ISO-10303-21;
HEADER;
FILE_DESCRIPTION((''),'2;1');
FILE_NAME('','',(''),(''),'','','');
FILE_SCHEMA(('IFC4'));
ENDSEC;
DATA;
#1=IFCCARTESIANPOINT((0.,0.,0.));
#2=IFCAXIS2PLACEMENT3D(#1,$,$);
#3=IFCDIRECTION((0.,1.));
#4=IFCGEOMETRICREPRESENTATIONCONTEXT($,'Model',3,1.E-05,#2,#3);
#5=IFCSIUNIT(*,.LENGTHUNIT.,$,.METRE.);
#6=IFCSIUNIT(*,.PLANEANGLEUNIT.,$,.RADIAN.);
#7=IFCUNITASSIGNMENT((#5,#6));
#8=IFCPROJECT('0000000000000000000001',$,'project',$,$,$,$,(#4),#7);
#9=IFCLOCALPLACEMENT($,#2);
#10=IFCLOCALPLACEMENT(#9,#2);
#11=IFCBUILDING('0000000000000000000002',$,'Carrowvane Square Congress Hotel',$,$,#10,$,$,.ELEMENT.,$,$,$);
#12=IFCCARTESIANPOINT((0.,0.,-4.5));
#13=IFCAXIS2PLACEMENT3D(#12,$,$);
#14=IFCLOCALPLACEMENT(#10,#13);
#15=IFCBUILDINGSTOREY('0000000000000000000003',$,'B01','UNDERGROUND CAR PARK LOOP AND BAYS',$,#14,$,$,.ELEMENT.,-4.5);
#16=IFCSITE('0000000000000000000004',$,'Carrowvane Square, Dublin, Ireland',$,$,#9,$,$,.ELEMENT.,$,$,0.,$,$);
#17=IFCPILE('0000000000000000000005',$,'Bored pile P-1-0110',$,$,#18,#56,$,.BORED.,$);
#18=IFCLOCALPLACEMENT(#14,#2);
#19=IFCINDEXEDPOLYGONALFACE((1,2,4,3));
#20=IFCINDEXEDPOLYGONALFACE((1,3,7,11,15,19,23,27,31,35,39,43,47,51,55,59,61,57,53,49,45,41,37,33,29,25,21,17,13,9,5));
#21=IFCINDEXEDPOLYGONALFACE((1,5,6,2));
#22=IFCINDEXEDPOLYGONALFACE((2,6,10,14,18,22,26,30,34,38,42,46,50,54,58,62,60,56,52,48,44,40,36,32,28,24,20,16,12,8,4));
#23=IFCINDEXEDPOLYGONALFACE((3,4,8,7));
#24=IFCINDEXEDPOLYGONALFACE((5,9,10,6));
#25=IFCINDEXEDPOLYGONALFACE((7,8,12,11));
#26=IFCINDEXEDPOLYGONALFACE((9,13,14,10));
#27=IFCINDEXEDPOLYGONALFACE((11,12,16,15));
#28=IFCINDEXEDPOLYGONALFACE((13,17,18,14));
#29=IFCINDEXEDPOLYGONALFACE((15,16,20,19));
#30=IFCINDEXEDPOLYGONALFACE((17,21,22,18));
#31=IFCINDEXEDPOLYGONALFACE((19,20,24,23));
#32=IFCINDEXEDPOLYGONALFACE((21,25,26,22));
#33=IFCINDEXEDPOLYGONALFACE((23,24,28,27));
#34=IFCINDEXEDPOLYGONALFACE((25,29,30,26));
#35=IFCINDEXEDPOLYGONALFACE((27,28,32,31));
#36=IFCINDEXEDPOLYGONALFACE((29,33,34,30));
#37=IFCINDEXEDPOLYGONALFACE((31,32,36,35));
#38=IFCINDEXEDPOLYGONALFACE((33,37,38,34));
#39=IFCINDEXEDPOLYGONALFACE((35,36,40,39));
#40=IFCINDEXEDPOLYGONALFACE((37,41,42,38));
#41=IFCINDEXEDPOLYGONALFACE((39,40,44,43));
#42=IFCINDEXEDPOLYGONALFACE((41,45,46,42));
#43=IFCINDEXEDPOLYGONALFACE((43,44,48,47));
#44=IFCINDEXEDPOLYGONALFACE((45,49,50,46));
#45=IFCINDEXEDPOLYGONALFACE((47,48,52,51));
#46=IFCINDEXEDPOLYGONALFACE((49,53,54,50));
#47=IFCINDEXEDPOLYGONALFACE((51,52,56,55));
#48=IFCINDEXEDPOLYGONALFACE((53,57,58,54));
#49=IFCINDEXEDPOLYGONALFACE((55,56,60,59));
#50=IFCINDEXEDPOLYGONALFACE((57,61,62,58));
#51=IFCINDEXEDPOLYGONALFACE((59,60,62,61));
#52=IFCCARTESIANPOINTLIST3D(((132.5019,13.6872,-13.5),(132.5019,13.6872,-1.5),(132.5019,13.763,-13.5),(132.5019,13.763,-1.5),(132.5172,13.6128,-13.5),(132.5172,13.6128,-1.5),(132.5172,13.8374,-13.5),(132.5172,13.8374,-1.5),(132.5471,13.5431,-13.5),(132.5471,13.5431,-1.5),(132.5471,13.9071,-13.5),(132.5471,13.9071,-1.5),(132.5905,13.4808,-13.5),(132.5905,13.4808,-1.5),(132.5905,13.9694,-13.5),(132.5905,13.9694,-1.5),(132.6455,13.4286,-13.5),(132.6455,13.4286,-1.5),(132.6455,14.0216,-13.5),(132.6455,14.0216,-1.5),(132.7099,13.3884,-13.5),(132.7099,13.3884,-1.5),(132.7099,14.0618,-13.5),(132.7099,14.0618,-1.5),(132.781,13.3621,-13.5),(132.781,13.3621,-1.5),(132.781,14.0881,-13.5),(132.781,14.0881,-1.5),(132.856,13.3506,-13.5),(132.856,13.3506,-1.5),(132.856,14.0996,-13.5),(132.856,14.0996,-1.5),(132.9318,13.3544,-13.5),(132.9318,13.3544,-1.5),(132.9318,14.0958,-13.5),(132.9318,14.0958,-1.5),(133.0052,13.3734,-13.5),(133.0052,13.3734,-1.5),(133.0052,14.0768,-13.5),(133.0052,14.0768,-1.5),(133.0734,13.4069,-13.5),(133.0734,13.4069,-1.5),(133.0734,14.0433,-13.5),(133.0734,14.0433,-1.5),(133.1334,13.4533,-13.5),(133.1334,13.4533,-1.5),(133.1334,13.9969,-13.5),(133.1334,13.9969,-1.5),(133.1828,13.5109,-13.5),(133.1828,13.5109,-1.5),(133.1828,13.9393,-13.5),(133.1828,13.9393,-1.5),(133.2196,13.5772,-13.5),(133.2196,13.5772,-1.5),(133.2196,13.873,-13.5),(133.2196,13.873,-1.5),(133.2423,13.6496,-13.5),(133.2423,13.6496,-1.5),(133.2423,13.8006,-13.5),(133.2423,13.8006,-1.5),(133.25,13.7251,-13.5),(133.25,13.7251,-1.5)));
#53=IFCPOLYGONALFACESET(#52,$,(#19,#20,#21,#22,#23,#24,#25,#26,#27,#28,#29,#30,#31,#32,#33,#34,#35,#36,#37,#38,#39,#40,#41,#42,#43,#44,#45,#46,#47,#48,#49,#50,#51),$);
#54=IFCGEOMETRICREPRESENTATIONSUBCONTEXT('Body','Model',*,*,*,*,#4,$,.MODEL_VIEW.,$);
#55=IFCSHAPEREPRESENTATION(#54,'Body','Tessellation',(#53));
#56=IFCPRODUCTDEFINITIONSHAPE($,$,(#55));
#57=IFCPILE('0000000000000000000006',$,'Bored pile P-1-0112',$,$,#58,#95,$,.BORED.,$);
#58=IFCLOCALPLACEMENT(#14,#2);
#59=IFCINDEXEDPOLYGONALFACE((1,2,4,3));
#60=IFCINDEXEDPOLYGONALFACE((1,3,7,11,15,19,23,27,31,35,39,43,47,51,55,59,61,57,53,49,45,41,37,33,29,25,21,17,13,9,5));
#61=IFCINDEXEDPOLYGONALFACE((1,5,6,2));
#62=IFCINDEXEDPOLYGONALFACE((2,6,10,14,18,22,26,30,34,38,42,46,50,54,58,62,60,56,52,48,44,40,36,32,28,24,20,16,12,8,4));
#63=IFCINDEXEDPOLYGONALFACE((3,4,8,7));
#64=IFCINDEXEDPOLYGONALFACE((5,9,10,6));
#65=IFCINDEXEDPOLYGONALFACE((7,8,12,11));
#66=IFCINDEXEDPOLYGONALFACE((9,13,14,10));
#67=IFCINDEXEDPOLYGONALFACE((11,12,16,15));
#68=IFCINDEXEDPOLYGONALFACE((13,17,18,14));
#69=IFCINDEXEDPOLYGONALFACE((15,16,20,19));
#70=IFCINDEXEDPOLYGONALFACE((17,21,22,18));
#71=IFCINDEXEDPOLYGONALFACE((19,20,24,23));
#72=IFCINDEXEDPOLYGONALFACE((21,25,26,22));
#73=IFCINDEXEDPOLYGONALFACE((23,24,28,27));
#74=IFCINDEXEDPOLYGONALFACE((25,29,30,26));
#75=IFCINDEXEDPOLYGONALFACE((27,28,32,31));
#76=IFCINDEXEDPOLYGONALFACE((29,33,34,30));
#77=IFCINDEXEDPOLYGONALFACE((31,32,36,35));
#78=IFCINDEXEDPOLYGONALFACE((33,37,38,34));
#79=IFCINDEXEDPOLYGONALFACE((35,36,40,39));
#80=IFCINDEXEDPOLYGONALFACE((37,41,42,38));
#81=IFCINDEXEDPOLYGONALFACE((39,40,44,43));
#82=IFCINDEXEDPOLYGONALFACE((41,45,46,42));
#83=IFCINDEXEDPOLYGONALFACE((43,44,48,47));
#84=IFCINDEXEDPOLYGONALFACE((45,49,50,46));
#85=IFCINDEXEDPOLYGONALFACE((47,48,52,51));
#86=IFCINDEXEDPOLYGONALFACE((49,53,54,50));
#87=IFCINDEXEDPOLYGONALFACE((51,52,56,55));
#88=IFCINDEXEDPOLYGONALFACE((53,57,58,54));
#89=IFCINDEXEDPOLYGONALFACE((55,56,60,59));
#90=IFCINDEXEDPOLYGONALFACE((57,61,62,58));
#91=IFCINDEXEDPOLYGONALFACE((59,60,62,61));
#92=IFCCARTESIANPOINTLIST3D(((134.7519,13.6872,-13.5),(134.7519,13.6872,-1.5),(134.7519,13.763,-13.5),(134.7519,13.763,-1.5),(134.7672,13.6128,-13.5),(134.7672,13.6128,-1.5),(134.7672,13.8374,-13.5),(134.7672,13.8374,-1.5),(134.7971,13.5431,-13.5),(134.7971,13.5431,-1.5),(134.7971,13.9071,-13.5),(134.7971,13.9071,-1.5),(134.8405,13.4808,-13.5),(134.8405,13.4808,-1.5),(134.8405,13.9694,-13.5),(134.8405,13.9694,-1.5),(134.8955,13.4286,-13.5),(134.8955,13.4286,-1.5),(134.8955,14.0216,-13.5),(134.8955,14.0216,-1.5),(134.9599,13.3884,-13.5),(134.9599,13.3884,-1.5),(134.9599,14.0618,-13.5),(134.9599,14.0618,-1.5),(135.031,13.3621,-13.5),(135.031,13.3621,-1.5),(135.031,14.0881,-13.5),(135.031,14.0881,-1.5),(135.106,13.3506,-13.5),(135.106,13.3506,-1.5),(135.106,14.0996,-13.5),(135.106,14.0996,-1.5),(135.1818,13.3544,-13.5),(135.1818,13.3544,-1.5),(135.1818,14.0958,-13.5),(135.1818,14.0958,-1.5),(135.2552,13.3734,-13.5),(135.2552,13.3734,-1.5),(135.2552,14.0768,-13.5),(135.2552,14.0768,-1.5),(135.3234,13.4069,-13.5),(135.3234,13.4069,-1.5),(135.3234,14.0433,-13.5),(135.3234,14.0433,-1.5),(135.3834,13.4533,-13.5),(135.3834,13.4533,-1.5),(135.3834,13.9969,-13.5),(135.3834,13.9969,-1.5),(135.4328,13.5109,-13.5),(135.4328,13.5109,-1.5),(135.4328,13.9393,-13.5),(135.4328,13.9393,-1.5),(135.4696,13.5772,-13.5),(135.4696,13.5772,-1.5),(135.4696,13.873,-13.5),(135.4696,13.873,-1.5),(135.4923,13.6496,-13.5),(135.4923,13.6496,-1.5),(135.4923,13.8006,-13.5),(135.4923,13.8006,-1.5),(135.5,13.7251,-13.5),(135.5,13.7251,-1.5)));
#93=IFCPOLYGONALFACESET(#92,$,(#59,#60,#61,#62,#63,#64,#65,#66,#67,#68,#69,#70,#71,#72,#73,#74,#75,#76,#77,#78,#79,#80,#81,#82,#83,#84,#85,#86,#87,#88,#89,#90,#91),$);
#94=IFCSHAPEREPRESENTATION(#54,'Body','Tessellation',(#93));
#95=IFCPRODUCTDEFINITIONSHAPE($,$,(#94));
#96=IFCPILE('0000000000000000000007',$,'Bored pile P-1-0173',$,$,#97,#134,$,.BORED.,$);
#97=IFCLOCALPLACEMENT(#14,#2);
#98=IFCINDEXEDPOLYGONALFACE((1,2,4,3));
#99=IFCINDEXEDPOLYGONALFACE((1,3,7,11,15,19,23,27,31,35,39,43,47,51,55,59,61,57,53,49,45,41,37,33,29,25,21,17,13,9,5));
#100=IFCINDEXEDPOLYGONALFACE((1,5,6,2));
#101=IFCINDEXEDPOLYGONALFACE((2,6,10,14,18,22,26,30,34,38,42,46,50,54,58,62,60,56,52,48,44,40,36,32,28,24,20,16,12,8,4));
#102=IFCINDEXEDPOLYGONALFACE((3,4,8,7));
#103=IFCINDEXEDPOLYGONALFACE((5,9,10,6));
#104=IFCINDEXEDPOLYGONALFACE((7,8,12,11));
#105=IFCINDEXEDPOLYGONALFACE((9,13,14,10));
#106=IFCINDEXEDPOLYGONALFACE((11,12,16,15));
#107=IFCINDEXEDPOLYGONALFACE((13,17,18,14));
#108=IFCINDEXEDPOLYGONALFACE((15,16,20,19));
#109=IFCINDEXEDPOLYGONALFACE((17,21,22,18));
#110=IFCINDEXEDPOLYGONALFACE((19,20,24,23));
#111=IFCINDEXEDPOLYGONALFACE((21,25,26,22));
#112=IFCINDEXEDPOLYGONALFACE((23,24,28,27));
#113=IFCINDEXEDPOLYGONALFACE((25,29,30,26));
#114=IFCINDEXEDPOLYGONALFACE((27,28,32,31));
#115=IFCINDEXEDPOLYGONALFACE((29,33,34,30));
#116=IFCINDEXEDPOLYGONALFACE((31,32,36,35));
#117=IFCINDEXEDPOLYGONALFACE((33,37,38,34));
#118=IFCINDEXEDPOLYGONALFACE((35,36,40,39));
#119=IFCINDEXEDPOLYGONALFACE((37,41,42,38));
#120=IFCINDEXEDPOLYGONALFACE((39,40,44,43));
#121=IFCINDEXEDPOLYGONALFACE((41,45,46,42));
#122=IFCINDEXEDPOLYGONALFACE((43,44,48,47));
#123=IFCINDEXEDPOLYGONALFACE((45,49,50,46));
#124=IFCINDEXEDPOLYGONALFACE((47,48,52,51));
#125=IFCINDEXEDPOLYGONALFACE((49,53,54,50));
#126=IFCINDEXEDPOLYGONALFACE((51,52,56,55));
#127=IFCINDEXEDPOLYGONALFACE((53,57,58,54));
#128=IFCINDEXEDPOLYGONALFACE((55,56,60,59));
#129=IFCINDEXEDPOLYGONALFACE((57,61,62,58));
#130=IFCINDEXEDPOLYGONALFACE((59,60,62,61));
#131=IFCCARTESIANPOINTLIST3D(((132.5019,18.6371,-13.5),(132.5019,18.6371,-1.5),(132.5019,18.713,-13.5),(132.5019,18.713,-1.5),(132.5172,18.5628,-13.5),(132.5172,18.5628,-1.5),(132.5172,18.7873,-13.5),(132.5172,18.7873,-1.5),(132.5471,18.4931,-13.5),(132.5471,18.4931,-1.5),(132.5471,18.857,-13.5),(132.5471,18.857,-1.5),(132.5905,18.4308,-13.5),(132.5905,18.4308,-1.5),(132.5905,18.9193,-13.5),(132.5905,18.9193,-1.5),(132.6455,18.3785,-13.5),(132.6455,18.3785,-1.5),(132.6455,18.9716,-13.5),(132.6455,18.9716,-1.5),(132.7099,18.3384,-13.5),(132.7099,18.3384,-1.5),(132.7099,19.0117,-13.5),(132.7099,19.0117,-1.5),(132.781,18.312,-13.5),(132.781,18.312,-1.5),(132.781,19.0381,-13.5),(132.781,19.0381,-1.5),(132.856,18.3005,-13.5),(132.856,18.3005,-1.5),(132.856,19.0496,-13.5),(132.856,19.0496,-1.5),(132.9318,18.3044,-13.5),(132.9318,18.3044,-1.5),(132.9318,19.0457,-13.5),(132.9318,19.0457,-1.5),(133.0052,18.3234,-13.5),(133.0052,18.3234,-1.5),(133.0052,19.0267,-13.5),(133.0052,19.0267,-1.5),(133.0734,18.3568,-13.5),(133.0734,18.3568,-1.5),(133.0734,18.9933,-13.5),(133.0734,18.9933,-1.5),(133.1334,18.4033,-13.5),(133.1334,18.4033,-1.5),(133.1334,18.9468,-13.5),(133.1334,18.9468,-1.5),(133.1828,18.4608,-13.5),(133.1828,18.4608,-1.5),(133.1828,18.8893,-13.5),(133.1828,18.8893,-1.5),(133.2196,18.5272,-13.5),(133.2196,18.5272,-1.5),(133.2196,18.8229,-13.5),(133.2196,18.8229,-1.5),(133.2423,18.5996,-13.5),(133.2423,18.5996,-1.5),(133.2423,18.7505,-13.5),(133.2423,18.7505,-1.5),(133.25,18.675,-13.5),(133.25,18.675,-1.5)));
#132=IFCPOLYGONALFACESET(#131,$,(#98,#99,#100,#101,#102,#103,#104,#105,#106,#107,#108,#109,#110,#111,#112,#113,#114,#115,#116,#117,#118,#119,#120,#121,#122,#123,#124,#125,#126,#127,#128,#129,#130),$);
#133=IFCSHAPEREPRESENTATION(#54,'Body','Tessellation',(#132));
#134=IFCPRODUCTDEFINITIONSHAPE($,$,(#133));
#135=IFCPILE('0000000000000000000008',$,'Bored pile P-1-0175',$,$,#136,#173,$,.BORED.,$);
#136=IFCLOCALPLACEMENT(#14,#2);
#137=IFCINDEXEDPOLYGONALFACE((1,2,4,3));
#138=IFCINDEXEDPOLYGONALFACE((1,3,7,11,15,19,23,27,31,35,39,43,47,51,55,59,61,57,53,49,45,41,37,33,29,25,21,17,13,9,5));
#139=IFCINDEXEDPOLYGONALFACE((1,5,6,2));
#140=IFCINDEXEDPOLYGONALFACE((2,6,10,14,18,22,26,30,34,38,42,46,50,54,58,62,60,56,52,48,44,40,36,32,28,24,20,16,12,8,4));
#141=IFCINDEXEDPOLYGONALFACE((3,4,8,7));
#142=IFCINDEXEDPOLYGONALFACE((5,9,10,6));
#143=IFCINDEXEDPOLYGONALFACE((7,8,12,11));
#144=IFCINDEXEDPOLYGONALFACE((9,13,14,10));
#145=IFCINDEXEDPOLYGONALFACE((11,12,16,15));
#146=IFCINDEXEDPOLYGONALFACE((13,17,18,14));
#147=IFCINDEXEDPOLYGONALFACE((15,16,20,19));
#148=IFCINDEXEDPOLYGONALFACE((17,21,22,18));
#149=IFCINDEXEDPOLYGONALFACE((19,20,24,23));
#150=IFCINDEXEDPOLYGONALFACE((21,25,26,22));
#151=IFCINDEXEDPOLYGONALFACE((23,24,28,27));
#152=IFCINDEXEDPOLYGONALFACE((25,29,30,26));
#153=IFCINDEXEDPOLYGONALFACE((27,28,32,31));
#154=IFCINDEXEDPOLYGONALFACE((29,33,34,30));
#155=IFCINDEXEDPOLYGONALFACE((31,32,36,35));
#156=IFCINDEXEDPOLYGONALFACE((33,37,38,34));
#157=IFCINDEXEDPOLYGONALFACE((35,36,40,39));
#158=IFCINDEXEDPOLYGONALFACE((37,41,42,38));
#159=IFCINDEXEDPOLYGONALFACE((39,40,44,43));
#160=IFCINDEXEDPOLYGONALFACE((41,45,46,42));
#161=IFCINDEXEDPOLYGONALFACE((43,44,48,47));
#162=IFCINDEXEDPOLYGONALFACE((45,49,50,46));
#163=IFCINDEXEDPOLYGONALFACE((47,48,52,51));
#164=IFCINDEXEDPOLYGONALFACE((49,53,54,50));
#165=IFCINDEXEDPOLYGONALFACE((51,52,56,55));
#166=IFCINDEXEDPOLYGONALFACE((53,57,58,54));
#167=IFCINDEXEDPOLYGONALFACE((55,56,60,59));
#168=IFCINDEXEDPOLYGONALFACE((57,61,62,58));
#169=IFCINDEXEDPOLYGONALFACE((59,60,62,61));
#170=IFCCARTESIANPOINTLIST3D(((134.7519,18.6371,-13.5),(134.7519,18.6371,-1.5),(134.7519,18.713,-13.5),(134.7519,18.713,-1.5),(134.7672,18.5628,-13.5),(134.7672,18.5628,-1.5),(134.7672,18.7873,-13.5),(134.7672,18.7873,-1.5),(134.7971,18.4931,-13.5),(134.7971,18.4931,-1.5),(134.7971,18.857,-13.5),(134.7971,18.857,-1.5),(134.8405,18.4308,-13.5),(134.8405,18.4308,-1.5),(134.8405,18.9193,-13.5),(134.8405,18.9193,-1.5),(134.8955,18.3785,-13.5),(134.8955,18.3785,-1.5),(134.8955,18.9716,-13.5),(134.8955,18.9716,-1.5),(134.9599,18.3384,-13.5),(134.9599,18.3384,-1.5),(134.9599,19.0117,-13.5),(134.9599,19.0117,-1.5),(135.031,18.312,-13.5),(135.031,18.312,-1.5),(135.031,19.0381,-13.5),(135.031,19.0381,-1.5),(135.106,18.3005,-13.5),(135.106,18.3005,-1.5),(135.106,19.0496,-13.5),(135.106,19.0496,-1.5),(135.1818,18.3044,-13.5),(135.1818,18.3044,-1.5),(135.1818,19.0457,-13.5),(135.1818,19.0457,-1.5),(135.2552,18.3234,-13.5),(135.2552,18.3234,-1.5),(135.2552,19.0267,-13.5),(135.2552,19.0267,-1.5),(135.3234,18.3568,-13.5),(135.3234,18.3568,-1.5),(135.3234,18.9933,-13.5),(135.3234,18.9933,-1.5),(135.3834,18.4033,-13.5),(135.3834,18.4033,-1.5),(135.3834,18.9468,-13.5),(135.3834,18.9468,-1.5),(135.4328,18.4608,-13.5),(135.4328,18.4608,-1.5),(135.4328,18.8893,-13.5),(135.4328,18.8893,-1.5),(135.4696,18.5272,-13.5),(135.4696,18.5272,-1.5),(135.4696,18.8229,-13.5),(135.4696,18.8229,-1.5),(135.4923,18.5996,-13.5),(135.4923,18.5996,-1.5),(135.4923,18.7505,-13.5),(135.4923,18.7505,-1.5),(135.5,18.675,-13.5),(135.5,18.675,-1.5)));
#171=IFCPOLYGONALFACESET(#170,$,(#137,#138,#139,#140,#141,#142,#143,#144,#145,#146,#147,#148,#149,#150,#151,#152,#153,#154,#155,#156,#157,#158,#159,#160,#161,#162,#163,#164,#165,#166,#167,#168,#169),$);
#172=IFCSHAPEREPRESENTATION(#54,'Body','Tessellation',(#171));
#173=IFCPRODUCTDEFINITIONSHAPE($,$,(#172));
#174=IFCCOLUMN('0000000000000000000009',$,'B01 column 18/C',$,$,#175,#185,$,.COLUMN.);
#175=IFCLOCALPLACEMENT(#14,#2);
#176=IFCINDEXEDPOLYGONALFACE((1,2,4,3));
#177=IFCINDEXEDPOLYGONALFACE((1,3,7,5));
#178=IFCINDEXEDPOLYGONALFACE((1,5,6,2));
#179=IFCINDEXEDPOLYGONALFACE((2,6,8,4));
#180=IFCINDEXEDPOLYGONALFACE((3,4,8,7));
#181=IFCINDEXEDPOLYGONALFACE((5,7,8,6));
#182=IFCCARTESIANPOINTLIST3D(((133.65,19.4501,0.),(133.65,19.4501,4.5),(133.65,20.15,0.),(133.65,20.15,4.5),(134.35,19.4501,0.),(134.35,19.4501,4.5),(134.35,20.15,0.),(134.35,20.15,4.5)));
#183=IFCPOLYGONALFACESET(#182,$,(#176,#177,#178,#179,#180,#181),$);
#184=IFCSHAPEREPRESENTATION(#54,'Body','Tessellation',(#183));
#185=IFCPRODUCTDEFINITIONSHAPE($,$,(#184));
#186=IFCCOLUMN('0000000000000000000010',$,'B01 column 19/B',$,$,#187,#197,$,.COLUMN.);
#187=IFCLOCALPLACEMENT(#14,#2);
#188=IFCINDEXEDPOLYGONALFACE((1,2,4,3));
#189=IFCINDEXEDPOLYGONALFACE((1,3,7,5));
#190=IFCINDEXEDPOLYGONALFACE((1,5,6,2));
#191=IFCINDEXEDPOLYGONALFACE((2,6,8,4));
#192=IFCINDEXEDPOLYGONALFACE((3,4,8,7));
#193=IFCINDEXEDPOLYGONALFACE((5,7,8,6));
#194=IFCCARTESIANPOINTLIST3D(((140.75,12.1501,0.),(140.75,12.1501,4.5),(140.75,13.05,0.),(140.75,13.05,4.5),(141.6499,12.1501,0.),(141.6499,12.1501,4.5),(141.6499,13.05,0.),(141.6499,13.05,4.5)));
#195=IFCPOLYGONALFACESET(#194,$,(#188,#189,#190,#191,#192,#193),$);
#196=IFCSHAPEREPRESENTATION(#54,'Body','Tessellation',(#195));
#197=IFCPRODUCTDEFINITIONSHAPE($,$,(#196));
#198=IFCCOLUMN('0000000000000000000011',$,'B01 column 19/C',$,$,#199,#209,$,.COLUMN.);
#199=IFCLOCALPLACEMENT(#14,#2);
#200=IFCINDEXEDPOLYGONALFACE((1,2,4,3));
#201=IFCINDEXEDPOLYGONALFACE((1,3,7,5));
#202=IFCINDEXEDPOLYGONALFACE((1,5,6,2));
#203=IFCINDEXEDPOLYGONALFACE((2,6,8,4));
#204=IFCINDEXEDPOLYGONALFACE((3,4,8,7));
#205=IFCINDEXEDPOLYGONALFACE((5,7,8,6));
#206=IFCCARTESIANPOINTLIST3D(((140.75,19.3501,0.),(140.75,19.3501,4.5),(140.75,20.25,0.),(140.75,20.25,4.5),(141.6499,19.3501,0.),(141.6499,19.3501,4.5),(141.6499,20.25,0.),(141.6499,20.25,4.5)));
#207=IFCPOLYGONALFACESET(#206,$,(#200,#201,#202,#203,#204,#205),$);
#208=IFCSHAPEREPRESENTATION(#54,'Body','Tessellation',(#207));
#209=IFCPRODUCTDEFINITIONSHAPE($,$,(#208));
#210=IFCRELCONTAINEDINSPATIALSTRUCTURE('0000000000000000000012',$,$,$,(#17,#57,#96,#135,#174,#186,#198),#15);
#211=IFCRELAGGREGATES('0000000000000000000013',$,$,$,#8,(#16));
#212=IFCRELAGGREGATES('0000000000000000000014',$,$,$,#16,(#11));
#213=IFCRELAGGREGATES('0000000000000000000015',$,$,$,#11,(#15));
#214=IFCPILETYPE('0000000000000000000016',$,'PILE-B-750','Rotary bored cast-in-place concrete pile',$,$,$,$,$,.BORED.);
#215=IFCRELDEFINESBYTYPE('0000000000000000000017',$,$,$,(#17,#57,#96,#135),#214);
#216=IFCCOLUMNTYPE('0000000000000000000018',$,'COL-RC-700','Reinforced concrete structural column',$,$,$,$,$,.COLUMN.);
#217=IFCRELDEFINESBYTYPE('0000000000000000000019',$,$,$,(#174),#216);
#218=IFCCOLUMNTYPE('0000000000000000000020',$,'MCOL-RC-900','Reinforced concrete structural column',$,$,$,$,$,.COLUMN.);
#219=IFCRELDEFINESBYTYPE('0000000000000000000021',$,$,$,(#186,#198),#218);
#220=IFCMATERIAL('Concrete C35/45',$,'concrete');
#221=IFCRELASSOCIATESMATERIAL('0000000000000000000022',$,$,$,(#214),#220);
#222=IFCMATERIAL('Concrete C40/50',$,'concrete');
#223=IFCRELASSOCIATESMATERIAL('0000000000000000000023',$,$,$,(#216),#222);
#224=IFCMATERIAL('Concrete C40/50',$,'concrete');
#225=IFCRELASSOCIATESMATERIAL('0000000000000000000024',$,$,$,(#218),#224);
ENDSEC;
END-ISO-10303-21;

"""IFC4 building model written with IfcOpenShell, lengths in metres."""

from ifc_helpers import new_model, si_unit, direction, frame, origin, origin_2d, place, context, subcontext, project, spatial, rectangle, circle, extrude, material, material_profile, profile_set, type_object, element, save


model = new_model("IFC4")

# Units and contexts
model_context = context("Model", 3, precision=1e-05, world=origin(), true_north=direction((0.0, 1.0)))
body_context = subcontext(model_context, "Body", "Model", "MODEL_VIEW")
ifc_project = project(units=[si_unit("LENGTHUNIT", "METRE"), si_unit("PLANEANGLEUNIT", "RADIAN")], contexts=[model_context])

# Site, building, storey
site_placement = place(None, origin())
site = spatial("IfcSite", under=ifc_project, at=site_placement, Name="Carrowvane Square, Dublin, Ireland", CompositionType="ELEMENT", RefElevation=0.0)
building_placement = place(site_placement, origin())
building = spatial("IfcBuilding", under=site, at=building_placement, Name="Carrowvane Square Congress Hotel", CompositionType="ELEMENT")
storey_placement = place(building_placement, frame((0.0, 0.0, -4.5)))
storey = spatial("IfcBuildingStorey", under=building, at=storey_placement, Name="B01", Description="UNDERGROUND CAR PARK LOOP AND BAYS", CompositionType="ELEMENT", Elevation=-4.5)

# Piles
ifc_material_1 = material(Name="Concrete C35/45", Category="concrete")
ifc_material_profile_1 = material_profile(ifc_material_1, circle(Radius=0.375, at=origin_2d()), Name="PILE D750")
ifc_profile_set_1 = profile_set([ifc_material_profile_1], Name="Concrete C35/45")
pile_type_1 = type_object("IfcPileType", Name="PILE-B-750", Description="Rotary bored cast-in-place concrete pile", PredefinedType="BORED", material=ifc_profile_set_1)
for number, where, z_axis, x_axis, name in (
    (1, (132.875, 13.7251, -1.5), (0.0, 0.0, -1.0), (1.0, 0.0, 0.0), "Bored pile P-1-0110"),
    (2, (135.125, 13.7251, -1.5), (0.0, 0.0, -1.0), (1.0, 0.0, 0.0), "Bored pile P-1-0112"),
    (3, (132.875, 18.675, -1.5), (0.0, 0.0, -1.0), (1.0, 0.0, 0.0), "Bored pile P-1-0173"),
    (4, (135.125, 18.675, -1.5), (0.0, 0.0, -1.0), (1.0, 0.0, 0.0), "Bored pile P-1-0175"),
):
    element("IfcPile", number, at=place(storey_placement, frame(where, z_axis=z_axis, x_axis=x_axis)), inside=storey, type_object=pile_type_1, Name=name, PredefinedType="BORED", context=body_context, shape_type="SweptSolid", body=[
        extrude(circle(Radius=0.375, at=origin_2d()), origin(), (0.0, 0.0, 1.0), 12.0),
    ])

# Columns
ifc_material_2 = material(Name="Concrete C40/50", Category="concrete")
ifc_material_profile_2 = material_profile(ifc_material_2, rectangle(XDim=0.7, YDim=0.7, at=origin_2d()), Name="RC 700x700")
ifc_profile_set_2 = profile_set([ifc_material_profile_2], Name="Concrete C40/50")
column_type_1 = type_object("IfcColumnType", Name="COL-RC-700", Description="Reinforced concrete structural column", PredefinedType="COLUMN", material=ifc_profile_set_2)
column_1_placement = place(storey_placement, frame((134.0, 19.8, 0.0), z_axis=(0.0, 0.0, 1.0), x_axis=(1.0, 0.0, 0.0)))
element("IfcColumn", 5, at=column_1_placement, inside=storey, type_object=column_type_1, Name="B01 column 18/C", PredefinedType="COLUMN", context=body_context, shape_type="SweptSolid", body=[
    extrude(rectangle(XDim=0.7, YDim=0.7, at=origin_2d()), origin(), (0.0, 0.0, 1.0), 4.5),
])
ifc_material_3 = material(Name="Concrete C40/50", Category="concrete")
ifc_material_profile_3 = material_profile(ifc_material_3, rectangle(XDim=0.8999, YDim=0.8999, at=origin_2d()), Name="RC 900x900")
ifc_profile_set_3 = profile_set([ifc_material_profile_3], Name="Concrete C40/50")
column_type_2 = type_object("IfcColumnType", Name="MCOL-RC-900", Description="Reinforced concrete structural column", PredefinedType="COLUMN", material=ifc_profile_set_3)
for number, where, z_axis, x_axis, name in (
    (6, (141.2, 12.6001, 0.0), (0.0, 0.0, 1.0), (1.0, 0.0, 0.0), "B01 column 19/B"),
    (7, (141.2, 19.8, 0.0), (0.0, 0.0, 1.0), (1.0, 0.0, 0.0), "B01 column 19/C"),
):
    element("IfcColumn", number, at=place(storey_placement, frame(where, z_axis=z_axis, x_axis=x_axis)), inside=storey, type_object=column_type_2, Name=name, PredefinedType="COLUMN", context=body_context, shape_type="SweptSolid", body=[
        extrude(rectangle(XDim=0.8999, YDim=0.8999, at=origin_2d()), origin(), (0.0, 0.0, 1.0), 4.5),
    ])

save(model, "model.ifc")
